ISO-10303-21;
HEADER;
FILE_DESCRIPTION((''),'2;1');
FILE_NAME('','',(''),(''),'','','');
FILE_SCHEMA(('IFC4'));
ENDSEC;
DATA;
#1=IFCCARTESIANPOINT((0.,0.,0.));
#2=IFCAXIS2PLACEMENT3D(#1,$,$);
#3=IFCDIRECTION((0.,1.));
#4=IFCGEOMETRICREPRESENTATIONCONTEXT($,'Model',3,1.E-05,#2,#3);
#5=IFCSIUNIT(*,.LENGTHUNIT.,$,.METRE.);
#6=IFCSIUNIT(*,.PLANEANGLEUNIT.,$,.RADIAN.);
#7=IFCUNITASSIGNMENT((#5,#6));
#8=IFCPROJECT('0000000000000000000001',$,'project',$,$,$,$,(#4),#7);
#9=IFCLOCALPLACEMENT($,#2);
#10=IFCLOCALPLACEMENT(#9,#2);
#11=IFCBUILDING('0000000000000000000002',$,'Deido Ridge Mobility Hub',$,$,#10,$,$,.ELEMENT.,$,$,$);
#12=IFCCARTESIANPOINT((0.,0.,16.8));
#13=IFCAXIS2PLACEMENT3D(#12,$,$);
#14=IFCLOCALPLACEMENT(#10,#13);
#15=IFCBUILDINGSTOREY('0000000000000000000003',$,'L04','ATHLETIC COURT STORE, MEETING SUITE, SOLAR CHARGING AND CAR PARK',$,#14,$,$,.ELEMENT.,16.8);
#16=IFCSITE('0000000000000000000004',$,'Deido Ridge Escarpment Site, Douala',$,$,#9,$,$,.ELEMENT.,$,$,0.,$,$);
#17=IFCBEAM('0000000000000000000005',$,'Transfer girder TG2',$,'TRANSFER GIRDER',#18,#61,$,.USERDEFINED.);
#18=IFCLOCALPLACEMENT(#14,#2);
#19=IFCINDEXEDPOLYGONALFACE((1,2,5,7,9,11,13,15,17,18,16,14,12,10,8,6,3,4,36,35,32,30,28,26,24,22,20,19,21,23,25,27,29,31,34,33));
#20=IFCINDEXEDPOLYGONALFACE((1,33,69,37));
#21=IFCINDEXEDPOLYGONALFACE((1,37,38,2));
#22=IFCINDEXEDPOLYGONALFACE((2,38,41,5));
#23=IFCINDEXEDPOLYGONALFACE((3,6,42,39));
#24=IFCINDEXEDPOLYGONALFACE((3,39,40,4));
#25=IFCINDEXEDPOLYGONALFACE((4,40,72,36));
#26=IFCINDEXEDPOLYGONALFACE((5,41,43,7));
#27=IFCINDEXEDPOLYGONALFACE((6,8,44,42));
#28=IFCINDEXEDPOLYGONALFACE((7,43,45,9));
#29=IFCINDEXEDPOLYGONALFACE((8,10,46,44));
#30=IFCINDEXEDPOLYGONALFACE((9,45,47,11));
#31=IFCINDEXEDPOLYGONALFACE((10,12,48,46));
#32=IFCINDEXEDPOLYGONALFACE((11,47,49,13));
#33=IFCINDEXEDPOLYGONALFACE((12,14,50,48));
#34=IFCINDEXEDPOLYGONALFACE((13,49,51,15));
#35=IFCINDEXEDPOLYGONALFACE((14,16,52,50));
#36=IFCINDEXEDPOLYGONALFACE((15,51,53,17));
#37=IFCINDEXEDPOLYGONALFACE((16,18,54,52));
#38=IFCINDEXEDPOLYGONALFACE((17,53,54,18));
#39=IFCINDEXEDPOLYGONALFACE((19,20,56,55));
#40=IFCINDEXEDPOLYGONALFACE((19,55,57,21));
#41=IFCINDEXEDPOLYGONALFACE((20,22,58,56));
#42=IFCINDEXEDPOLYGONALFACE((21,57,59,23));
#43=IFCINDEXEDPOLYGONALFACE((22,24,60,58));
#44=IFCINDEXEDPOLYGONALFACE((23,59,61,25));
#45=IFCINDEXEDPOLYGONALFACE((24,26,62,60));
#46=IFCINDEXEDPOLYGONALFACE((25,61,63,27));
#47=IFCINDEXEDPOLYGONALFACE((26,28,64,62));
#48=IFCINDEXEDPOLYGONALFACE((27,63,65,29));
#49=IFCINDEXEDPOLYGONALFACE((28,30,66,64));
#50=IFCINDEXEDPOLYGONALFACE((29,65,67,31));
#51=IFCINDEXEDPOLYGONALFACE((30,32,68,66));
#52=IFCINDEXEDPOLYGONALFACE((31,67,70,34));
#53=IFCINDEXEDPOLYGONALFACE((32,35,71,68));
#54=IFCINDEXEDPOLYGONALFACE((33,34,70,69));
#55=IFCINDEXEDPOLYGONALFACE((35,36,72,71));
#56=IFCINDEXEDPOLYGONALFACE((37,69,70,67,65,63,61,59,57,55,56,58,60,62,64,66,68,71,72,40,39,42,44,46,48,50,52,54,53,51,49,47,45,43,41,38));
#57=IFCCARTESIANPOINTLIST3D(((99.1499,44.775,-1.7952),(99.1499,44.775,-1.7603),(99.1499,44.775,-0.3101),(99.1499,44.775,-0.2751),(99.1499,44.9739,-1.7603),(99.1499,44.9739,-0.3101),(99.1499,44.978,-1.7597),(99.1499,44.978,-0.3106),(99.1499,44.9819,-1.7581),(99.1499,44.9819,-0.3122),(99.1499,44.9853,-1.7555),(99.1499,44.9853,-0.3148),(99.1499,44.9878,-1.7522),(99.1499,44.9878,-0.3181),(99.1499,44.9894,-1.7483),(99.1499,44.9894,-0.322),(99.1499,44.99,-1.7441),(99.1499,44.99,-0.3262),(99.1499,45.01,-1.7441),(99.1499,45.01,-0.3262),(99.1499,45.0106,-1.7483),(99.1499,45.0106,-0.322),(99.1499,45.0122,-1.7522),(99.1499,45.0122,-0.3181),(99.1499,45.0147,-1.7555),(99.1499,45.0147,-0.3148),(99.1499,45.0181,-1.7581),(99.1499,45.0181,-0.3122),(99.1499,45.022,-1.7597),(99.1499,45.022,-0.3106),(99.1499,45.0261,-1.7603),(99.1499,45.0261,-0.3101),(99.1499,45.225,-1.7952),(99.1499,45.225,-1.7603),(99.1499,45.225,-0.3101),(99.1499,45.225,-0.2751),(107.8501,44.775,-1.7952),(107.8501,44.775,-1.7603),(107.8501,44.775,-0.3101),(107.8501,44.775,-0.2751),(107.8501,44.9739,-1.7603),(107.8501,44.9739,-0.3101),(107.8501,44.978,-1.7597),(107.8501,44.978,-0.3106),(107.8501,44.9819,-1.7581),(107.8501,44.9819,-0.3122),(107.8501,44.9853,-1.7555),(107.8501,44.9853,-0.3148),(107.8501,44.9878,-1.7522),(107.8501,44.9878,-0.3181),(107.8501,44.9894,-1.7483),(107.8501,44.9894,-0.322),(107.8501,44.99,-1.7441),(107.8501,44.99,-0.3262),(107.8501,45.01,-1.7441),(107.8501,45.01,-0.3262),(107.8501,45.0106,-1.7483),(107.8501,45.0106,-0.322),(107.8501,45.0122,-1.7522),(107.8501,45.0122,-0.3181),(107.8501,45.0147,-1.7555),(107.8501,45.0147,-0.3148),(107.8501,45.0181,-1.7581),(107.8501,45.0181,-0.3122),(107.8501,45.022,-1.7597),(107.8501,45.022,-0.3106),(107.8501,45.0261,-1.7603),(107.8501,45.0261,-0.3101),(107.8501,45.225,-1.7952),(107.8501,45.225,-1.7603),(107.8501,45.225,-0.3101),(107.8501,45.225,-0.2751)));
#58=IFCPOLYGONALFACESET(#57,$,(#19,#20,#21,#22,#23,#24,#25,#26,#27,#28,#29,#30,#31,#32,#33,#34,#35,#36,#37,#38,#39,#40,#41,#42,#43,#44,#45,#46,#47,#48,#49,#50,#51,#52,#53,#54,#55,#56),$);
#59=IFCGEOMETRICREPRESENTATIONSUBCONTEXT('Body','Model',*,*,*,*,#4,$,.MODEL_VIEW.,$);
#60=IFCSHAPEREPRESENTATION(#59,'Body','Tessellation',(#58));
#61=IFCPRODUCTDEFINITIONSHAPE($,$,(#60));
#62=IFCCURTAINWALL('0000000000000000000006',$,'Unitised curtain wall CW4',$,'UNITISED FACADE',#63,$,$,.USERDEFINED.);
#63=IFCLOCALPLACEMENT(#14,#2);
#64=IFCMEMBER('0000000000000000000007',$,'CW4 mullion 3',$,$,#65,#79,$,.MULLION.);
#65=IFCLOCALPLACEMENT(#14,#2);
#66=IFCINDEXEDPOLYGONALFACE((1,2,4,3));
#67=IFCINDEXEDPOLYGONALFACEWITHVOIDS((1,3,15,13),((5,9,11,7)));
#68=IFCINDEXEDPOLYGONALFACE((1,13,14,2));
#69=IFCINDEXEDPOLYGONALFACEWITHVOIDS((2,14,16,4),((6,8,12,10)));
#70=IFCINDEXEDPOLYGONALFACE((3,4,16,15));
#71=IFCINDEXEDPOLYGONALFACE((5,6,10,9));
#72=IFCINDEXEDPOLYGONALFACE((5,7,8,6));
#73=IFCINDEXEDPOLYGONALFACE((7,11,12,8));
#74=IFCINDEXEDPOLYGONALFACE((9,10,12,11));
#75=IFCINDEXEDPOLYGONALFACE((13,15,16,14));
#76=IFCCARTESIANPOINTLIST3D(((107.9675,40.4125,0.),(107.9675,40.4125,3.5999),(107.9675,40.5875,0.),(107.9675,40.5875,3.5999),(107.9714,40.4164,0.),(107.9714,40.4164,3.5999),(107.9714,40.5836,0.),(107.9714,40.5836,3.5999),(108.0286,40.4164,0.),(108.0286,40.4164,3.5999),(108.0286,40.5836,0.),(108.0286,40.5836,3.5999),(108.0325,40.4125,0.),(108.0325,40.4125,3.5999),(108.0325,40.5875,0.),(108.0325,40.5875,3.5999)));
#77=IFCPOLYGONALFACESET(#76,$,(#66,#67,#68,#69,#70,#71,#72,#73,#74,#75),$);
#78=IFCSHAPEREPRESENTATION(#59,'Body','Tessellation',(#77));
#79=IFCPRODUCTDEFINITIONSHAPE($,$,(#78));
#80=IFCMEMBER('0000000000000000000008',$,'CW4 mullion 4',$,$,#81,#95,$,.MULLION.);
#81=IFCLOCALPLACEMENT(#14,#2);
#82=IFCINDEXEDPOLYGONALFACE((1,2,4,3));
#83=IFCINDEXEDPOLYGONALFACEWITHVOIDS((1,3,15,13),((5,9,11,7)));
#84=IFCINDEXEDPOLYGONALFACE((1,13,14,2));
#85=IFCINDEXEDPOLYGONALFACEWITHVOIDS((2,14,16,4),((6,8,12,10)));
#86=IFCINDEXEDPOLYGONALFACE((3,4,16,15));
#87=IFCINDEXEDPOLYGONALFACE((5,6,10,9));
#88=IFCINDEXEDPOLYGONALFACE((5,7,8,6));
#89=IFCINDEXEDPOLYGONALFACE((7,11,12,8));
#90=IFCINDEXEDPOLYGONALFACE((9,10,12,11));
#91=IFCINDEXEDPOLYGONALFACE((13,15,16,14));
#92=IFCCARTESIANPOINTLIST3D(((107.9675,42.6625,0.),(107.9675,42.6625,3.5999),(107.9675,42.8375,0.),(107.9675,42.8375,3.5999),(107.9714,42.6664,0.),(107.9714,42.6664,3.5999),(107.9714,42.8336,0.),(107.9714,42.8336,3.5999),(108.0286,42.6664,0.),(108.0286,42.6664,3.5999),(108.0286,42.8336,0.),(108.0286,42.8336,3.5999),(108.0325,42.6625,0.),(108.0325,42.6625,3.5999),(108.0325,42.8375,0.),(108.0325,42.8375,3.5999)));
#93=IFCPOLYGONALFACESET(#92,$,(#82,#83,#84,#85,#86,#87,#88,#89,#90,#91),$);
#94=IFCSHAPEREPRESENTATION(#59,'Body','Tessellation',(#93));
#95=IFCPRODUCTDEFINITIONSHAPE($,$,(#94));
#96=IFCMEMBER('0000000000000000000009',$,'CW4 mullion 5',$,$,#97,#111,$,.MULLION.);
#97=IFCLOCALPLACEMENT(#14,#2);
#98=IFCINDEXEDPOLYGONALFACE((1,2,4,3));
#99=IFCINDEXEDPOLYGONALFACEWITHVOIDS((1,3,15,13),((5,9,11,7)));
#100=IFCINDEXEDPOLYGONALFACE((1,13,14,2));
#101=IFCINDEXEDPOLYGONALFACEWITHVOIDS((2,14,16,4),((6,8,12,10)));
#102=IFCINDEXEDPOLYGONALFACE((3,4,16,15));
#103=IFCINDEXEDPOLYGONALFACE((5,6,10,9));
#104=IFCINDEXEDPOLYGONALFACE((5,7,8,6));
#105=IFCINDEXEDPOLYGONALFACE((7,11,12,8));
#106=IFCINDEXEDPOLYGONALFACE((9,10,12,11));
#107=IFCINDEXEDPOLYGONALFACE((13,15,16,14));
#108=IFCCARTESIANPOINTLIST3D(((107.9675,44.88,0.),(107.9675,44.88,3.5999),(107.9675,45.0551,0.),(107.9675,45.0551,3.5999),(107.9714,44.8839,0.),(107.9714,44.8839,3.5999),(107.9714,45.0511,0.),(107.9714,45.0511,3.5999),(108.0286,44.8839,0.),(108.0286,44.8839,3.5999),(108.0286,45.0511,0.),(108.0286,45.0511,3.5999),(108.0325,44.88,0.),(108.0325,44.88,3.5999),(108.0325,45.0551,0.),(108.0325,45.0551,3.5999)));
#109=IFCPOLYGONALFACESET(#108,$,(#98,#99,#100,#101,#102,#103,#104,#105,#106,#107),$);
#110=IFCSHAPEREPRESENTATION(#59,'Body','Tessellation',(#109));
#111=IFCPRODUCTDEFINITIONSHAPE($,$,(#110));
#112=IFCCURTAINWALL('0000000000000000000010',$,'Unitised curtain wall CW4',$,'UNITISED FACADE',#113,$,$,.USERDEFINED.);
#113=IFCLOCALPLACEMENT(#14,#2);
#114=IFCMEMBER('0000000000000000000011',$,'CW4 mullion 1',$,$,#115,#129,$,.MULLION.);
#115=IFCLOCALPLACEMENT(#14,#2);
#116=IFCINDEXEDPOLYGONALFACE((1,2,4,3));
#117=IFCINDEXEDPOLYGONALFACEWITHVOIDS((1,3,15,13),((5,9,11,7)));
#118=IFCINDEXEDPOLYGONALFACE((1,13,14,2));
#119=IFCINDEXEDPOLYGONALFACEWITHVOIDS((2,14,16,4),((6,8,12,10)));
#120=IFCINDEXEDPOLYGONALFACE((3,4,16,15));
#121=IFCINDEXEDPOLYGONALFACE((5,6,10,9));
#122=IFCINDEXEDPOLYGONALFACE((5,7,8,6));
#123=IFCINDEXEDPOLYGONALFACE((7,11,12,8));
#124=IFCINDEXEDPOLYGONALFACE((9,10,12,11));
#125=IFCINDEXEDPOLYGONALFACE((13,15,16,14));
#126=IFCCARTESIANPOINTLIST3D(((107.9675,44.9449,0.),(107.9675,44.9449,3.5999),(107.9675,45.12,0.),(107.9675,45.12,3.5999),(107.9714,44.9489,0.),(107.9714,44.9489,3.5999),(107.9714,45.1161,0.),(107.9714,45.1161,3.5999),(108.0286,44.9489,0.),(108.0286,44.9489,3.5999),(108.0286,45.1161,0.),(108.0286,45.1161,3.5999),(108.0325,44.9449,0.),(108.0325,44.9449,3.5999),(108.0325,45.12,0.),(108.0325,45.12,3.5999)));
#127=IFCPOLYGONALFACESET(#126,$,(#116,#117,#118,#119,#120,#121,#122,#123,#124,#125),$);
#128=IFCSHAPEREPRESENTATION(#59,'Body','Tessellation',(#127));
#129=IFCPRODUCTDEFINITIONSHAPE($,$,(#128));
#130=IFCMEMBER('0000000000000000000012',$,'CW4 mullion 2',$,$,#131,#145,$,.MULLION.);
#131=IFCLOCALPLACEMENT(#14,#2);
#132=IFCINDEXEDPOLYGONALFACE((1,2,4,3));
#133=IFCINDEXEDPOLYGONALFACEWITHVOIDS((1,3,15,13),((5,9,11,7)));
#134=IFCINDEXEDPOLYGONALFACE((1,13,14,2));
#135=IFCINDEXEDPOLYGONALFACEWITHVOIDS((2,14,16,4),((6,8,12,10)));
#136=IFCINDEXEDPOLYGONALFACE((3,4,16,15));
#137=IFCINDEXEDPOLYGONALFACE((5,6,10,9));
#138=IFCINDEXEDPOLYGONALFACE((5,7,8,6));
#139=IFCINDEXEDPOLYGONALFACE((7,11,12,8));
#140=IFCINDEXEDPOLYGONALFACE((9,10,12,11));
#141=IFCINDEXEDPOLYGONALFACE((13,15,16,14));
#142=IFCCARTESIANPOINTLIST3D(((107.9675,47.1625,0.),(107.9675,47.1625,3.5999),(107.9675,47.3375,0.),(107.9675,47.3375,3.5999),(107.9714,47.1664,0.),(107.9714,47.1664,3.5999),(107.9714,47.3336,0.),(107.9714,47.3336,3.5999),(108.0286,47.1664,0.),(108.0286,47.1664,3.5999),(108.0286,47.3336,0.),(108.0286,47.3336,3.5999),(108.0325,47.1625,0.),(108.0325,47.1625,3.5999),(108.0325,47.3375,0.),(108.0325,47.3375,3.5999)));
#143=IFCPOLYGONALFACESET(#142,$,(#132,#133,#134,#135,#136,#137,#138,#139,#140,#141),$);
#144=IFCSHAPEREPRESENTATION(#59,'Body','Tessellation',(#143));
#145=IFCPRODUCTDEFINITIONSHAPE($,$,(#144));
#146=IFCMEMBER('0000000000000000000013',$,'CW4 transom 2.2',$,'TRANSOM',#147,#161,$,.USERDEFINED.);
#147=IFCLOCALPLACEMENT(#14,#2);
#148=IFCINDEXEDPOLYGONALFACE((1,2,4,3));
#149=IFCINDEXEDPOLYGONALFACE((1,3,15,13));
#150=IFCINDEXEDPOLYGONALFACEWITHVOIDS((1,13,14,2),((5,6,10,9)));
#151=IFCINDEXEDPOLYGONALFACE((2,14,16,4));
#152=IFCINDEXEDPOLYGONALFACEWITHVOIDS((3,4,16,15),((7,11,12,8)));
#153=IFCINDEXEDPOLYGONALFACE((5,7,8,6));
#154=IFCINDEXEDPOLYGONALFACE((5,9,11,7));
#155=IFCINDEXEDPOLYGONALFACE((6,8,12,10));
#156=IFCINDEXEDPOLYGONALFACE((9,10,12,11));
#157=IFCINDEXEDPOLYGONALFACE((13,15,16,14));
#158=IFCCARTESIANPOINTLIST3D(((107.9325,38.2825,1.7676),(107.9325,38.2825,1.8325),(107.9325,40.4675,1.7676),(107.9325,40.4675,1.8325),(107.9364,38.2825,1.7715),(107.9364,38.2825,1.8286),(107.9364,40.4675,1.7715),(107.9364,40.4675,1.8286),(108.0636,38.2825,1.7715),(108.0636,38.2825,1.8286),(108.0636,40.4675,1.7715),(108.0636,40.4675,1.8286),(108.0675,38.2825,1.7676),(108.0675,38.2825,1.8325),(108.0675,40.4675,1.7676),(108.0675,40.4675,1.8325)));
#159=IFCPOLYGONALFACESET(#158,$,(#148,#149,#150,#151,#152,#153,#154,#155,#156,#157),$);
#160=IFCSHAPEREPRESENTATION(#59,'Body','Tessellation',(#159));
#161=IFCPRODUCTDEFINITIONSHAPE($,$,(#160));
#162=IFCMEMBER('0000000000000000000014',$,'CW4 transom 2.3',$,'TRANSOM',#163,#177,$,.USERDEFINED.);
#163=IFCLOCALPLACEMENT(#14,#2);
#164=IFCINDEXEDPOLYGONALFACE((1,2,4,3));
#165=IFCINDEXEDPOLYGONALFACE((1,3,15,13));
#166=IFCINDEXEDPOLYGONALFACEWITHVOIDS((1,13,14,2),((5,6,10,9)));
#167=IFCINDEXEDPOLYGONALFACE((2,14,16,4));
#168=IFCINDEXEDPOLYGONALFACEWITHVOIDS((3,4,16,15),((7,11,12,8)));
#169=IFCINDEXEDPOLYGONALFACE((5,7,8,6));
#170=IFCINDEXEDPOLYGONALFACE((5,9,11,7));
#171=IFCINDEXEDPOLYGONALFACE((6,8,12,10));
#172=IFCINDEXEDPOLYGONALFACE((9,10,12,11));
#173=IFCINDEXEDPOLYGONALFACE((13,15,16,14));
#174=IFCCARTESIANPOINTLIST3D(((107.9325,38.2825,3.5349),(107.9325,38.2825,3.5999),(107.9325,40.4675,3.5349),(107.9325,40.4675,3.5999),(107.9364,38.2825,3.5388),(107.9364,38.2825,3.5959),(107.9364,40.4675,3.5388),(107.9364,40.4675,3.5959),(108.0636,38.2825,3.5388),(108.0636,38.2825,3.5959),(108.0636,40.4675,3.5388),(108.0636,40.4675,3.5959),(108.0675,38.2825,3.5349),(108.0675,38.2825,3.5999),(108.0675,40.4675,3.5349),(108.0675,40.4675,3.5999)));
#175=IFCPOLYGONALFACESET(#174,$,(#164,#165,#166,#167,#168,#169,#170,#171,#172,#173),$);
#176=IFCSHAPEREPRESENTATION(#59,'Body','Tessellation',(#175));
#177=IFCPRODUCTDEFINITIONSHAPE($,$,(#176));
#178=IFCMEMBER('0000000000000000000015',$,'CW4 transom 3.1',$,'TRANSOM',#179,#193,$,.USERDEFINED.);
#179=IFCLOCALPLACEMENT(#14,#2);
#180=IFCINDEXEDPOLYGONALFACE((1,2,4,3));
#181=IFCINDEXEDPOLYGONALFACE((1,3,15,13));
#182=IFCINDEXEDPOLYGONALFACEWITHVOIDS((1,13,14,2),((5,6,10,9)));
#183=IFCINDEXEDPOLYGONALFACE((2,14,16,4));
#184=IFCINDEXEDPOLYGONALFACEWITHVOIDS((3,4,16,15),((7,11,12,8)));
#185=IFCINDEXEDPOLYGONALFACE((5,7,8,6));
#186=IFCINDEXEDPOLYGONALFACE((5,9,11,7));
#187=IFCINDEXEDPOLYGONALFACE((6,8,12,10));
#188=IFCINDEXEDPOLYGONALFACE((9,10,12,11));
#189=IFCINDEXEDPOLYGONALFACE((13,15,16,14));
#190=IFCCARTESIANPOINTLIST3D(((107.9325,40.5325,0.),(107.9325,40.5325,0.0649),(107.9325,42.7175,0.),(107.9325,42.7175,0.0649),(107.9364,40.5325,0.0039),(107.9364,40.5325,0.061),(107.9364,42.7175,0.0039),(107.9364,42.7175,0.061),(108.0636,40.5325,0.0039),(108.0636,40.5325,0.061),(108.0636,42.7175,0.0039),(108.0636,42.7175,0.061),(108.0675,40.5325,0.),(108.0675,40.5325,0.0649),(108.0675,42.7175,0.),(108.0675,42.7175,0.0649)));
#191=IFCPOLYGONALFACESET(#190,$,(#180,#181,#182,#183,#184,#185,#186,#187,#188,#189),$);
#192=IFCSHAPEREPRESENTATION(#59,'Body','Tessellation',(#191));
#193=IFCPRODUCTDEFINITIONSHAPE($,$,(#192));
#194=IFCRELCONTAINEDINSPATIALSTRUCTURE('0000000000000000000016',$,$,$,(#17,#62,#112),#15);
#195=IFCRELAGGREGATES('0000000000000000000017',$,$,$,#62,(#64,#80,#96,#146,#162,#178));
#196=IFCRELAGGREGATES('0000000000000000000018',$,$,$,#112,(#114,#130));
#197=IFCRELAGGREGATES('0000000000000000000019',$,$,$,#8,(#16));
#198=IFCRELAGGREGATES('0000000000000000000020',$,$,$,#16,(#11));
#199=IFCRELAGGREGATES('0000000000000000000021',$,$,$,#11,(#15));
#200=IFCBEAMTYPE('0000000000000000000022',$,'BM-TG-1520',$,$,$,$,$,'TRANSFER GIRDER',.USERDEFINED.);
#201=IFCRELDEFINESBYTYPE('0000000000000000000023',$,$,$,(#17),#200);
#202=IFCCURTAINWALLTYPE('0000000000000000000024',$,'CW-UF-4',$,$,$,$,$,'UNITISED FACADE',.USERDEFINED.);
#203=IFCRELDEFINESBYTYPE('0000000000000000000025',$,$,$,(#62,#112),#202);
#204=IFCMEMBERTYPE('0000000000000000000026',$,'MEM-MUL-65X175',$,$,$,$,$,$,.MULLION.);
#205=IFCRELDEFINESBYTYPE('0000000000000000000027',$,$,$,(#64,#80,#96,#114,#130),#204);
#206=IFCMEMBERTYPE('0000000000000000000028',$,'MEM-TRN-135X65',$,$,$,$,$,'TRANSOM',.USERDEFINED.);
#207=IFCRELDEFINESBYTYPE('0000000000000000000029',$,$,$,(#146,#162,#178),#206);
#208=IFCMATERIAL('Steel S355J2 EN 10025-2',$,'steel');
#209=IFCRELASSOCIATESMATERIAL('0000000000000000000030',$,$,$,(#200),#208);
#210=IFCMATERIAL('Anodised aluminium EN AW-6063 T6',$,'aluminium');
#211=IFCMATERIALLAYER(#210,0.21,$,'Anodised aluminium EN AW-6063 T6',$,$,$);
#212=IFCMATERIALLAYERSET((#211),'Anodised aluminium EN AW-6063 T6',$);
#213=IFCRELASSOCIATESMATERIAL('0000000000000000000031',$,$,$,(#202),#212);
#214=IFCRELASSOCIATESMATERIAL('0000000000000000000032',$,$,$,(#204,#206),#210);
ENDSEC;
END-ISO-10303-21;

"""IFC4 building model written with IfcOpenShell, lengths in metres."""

from ifc_helpers import new_model, si_unit, direction, frame, origin, origin_2d, place, context, subcontext, project, spatial, hollow_rectangle, i_section, extrude, material, layer, layer_set, material_profile, profile_set, type_object, element, aggregate, save


model = new_model("IFC4")

# Units and contexts
model_context = context("Model", 3, precision=1e-05, world=origin(), true_north=direction((0.0, 1.0)))
body_context = subcontext(model_context, "Body", "Model", "MODEL_VIEW")
ifc_project = project(units=[si_unit("LENGTHUNIT", "METRE"), si_unit("PLANEANGLEUNIT", "RADIAN")], contexts=[model_context])

# Site, building, storey
site_placement = place(None, origin())
site = spatial("IfcSite", under=ifc_project, at=site_placement, Name="Deido Ridge Escarpment Site, Douala", CompositionType="ELEMENT", RefElevation=0.0)
building_placement = place(site_placement, origin())
building = spatial("IfcBuilding", under=site, at=building_placement, Name="Deido Ridge Mobility Hub", CompositionType="ELEMENT")
storey_placement = place(building_placement, frame((0.0, 0.0, 16.8)))
storey = spatial("IfcBuildingStorey", under=building, at=storey_placement, Name="L04", Description="ATHLETIC COURT STORE, MEETING SUITE, SOLAR CHARGING AND CAR PARK", CompositionType="ELEMENT", Elevation=16.8)

# Beam
ifc_material_1 = material(Name="Steel S355J2 EN 10025-2", Category="steel")
ifc_material_profile_1 = material_profile(ifc_material_1, i_section(OverallWidth=0.45, OverallDepth=1.52, WebThickness=0.02, FlangeThickness=0.0349, FilletRadius=0.0161, at=origin_2d()), Name="WTG 1520x450")
ifc_profile_set_1 = profile_set([ifc_material_profile_1], Name="Steel S355J2 EN 10025-2")
beam_type_1 = type_object("IfcBeamType", Name="BM-TG-1520", ElementType="TRANSFER GIRDER", PredefinedType="USERDEFINED", material=ifc_profile_set_1)
beam_1_placement = place(storey_placement, frame((99.1499, 45.0, -1.0352), z_axis=(1.0, 0.0, 0.0), x_axis=(0.0, 1.0, 0.0)))
element("IfcBeam", 1, at=beam_1_placement, inside=storey, type_object=beam_type_1, Name="Transfer girder TG2", ObjectType="TRANSFER GIRDER", PredefinedType="USERDEFINED", context=body_context, shape_type="SweptSolid", body=[
    extrude(i_section(OverallWidth=0.45, OverallDepth=1.52, WebThickness=0.02, FlangeThickness=0.0349, FilletRadius=0.0161, at=origin_2d()), origin(), (0.0, 0.0, 1.0), 8.7002),
])

# Curtain walls, members
ifc_material_2 = material(Name="Anodised aluminium EN AW-6063 T6", Category="aluminium")
ifc_layer_1 = layer(ifc_material_2, 0.21, Name="Anodised aluminium EN AW-6063 T6")
ifc_layer_set_1 = layer_set([ifc_layer_1], Name="Anodised aluminium EN AW-6063 T6")
curtain_wall_type = type_object("IfcCurtainWallType", Name="CW-UF-4", ElementType="UNITISED FACADE", PredefinedType="USERDEFINED", material=ifc_layer_set_1)
curtain_wall_1_placement = place(storey_placement, origin())
curtain_wall_1 = element("IfcCurtainWall", 2, at=curtain_wall_1_placement, inside=storey, type_object=curtain_wall_type, Name="Unitised curtain wall CW4", ObjectType="UNITISED FACADE", PredefinedType="USERDEFINED")
ifc_material_profile_2 = material_profile(ifc_material_2, hollow_rectangle(XDim=0.0649, YDim=0.175, WallThickness=0.0039, at=origin_2d()), Name="RHS 65x175x4")
ifc_profile_set_2 = profile_set([ifc_material_profile_2], Name="Anodised aluminium EN AW-6063 T6")
member_type_1 = type_object("IfcMemberType", Name="MEM-MUL-65X175", PredefinedType="MULLION", material=ifc_profile_set_2)
member_1_placement = place(storey_placement, frame((108.0, 40.5, 0.0), z_axis=(0.0, 0.0, 1.0), x_axis=(-1.0, 0.0, 0.0)))
member_1 = element("IfcMember", 3, at=member_1_placement, type_object=member_type_1, Name="CW4 mullion 3", PredefinedType="MULLION", context=body_context, shape_type="SweptSolid", body=[
    extrude(hollow_rectangle(XDim=0.0649, YDim=0.175, WallThickness=0.0039, at=origin_2d()), origin(), (0.0, 0.0, 1.0), 3.5999),
])
member_2_placement = place(storey_placement, frame((108.0, 42.75, 0.0), z_axis=(0.0, 0.0, 1.0), x_axis=(-1.0, 0.0, 0.0)))
member_2 = element("IfcMember", 4, at=member_2_placement, type_object=member_type_1, Name="CW4 mullion 4", PredefinedType="MULLION", context=body_context, shape_type="SweptSolid", body=[
    extrude(hollow_rectangle(XDim=0.0649, YDim=0.175, WallThickness=0.0039, at=origin_2d()), origin(), (0.0, 0.0, 1.0), 3.5999),
])
member_3_placement = place(storey_placement, frame((108.0, 44.9675, 0.0), z_axis=(0.0, 0.0, 1.0), x_axis=(-1.0, 0.0, 0.0)))
member_3 = element("IfcMember", 5, at=member_3_placement, type_object=member_type_1, Name="CW4 mullion 5", PredefinedType="MULLION", context=body_context, shape_type="SweptSolid", body=[
    extrude(hollow_rectangle(XDim=0.0649, YDim=0.175, WallThickness=0.0039, at=origin_2d()), origin(), (0.0, 0.0, 1.0), 3.5999),
])
curtain_wall_2_placement = place(storey_placement, origin())
curtain_wall_2 = element("IfcCurtainWall", 6, at=curtain_wall_2_placement, inside=storey, type_object=curtain_wall_type, Name="Unitised curtain wall CW4", ObjectType="UNITISED FACADE", PredefinedType="USERDEFINED")
member_4_placement = place(storey_placement, frame((108.0, 45.0325, 0.0), z_axis=(0.0, 0.0, 1.0), x_axis=(-1.0, 0.0, 0.0)))
member_4 = element("IfcMember", 7, at=member_4_placement, type_object=member_type_1, Name="CW4 mullion 1", PredefinedType="MULLION", context=body_context, shape_type="SweptSolid", body=[
    extrude(hollow_rectangle(XDim=0.0649, YDim=0.175, WallThickness=0.0039, at=origin_2d()), origin(), (0.0, 0.0, 1.0), 3.5999),
])
member_5_placement = place(storey_placement, frame((108.0, 47.25, 0.0), z_axis=(0.0, 0.0, 1.0), x_axis=(-1.0, 0.0, 0.0)))
member_5 = element("IfcMember", 8, at=member_5_placement, type_object=member_type_1, Name="CW4 mullion 2", PredefinedType="MULLION", context=body_context, shape_type="SweptSolid", body=[
    extrude(hollow_rectangle(XDim=0.0649, YDim=0.175, WallThickness=0.0039, at=origin_2d()), origin(), (0.0, 0.0, 1.0), 3.5999),
])

# Members
ifc_material_profile_3 = material_profile(ifc_material_2, hollow_rectangle(XDim=0.135, YDim=0.0649, WallThickness=0.0039, at=origin_2d()), Name="RHS 135x65x4")
ifc_profile_set_3 = profile_set([ifc_material_profile_3], Name="Anodised aluminium EN AW-6063 T6")
member_type_2 = type_object("IfcMemberType", Name="MEM-TRN-135X65", ElementType="TRANSOM", PredefinedType="USERDEFINED", material=ifc_profile_set_3)
member_6_placement = place(storey_placement, frame((108.0, 38.2825, 1.8), z_axis=(0.0, 1.0, 0.0), x_axis=(-1.0, 0.0, 0.0)))
member_6 = element("IfcMember", 9, at=member_6_placement, type_object=member_type_2, Name="CW4 transom 2.2", ObjectType="TRANSOM", PredefinedType="USERDEFINED", context=body_context, shape_type="SweptSolid", body=[
    extrude(hollow_rectangle(XDim=0.135, YDim=0.0649, WallThickness=0.0039, at=origin_2d()), origin(), (0.0, 0.0, 1.0), 2.1851),
])
member_7_placement = place(storey_placement, frame((108.0, 38.2825, 3.5674), z_axis=(0.0, 1.0, 0.0), x_axis=(-1.0, 0.0, 0.0)))
member_7 = element("IfcMember", 10, at=member_7_placement, type_object=member_type_2, Name="CW4 transom 2.3", ObjectType="TRANSOM", PredefinedType="USERDEFINED", context=body_context, shape_type="SweptSolid", body=[
    extrude(hollow_rectangle(XDim=0.135, YDim=0.0649, WallThickness=0.0039, at=origin_2d()), origin(), (0.0, 0.0, 1.0), 2.1851),
])
member_8_placement = place(storey_placement, frame((108.0, 40.5325, 0.0325), z_axis=(0.0, 1.0, 0.0), x_axis=(-1.0, 0.0, 0.0)))
member_8 = element("IfcMember", 11, at=member_8_placement, type_object=member_type_2, Name="CW4 transom 3.1", ObjectType="TRANSOM", PredefinedType="USERDEFINED", context=body_context, shape_type="SweptSolid", body=[
    extrude(hollow_rectangle(XDim=0.135, YDim=0.0649, WallThickness=0.0039, at=origin_2d()), origin(), (0.0, 0.0, 1.0), 2.1851),
])

aggregate(curtain_wall_1, [member_1, member_2, member_3, member_6, member_7, member_8])
aggregate(curtain_wall_2, [member_4, member_5])

save(model, "model.ifc")
